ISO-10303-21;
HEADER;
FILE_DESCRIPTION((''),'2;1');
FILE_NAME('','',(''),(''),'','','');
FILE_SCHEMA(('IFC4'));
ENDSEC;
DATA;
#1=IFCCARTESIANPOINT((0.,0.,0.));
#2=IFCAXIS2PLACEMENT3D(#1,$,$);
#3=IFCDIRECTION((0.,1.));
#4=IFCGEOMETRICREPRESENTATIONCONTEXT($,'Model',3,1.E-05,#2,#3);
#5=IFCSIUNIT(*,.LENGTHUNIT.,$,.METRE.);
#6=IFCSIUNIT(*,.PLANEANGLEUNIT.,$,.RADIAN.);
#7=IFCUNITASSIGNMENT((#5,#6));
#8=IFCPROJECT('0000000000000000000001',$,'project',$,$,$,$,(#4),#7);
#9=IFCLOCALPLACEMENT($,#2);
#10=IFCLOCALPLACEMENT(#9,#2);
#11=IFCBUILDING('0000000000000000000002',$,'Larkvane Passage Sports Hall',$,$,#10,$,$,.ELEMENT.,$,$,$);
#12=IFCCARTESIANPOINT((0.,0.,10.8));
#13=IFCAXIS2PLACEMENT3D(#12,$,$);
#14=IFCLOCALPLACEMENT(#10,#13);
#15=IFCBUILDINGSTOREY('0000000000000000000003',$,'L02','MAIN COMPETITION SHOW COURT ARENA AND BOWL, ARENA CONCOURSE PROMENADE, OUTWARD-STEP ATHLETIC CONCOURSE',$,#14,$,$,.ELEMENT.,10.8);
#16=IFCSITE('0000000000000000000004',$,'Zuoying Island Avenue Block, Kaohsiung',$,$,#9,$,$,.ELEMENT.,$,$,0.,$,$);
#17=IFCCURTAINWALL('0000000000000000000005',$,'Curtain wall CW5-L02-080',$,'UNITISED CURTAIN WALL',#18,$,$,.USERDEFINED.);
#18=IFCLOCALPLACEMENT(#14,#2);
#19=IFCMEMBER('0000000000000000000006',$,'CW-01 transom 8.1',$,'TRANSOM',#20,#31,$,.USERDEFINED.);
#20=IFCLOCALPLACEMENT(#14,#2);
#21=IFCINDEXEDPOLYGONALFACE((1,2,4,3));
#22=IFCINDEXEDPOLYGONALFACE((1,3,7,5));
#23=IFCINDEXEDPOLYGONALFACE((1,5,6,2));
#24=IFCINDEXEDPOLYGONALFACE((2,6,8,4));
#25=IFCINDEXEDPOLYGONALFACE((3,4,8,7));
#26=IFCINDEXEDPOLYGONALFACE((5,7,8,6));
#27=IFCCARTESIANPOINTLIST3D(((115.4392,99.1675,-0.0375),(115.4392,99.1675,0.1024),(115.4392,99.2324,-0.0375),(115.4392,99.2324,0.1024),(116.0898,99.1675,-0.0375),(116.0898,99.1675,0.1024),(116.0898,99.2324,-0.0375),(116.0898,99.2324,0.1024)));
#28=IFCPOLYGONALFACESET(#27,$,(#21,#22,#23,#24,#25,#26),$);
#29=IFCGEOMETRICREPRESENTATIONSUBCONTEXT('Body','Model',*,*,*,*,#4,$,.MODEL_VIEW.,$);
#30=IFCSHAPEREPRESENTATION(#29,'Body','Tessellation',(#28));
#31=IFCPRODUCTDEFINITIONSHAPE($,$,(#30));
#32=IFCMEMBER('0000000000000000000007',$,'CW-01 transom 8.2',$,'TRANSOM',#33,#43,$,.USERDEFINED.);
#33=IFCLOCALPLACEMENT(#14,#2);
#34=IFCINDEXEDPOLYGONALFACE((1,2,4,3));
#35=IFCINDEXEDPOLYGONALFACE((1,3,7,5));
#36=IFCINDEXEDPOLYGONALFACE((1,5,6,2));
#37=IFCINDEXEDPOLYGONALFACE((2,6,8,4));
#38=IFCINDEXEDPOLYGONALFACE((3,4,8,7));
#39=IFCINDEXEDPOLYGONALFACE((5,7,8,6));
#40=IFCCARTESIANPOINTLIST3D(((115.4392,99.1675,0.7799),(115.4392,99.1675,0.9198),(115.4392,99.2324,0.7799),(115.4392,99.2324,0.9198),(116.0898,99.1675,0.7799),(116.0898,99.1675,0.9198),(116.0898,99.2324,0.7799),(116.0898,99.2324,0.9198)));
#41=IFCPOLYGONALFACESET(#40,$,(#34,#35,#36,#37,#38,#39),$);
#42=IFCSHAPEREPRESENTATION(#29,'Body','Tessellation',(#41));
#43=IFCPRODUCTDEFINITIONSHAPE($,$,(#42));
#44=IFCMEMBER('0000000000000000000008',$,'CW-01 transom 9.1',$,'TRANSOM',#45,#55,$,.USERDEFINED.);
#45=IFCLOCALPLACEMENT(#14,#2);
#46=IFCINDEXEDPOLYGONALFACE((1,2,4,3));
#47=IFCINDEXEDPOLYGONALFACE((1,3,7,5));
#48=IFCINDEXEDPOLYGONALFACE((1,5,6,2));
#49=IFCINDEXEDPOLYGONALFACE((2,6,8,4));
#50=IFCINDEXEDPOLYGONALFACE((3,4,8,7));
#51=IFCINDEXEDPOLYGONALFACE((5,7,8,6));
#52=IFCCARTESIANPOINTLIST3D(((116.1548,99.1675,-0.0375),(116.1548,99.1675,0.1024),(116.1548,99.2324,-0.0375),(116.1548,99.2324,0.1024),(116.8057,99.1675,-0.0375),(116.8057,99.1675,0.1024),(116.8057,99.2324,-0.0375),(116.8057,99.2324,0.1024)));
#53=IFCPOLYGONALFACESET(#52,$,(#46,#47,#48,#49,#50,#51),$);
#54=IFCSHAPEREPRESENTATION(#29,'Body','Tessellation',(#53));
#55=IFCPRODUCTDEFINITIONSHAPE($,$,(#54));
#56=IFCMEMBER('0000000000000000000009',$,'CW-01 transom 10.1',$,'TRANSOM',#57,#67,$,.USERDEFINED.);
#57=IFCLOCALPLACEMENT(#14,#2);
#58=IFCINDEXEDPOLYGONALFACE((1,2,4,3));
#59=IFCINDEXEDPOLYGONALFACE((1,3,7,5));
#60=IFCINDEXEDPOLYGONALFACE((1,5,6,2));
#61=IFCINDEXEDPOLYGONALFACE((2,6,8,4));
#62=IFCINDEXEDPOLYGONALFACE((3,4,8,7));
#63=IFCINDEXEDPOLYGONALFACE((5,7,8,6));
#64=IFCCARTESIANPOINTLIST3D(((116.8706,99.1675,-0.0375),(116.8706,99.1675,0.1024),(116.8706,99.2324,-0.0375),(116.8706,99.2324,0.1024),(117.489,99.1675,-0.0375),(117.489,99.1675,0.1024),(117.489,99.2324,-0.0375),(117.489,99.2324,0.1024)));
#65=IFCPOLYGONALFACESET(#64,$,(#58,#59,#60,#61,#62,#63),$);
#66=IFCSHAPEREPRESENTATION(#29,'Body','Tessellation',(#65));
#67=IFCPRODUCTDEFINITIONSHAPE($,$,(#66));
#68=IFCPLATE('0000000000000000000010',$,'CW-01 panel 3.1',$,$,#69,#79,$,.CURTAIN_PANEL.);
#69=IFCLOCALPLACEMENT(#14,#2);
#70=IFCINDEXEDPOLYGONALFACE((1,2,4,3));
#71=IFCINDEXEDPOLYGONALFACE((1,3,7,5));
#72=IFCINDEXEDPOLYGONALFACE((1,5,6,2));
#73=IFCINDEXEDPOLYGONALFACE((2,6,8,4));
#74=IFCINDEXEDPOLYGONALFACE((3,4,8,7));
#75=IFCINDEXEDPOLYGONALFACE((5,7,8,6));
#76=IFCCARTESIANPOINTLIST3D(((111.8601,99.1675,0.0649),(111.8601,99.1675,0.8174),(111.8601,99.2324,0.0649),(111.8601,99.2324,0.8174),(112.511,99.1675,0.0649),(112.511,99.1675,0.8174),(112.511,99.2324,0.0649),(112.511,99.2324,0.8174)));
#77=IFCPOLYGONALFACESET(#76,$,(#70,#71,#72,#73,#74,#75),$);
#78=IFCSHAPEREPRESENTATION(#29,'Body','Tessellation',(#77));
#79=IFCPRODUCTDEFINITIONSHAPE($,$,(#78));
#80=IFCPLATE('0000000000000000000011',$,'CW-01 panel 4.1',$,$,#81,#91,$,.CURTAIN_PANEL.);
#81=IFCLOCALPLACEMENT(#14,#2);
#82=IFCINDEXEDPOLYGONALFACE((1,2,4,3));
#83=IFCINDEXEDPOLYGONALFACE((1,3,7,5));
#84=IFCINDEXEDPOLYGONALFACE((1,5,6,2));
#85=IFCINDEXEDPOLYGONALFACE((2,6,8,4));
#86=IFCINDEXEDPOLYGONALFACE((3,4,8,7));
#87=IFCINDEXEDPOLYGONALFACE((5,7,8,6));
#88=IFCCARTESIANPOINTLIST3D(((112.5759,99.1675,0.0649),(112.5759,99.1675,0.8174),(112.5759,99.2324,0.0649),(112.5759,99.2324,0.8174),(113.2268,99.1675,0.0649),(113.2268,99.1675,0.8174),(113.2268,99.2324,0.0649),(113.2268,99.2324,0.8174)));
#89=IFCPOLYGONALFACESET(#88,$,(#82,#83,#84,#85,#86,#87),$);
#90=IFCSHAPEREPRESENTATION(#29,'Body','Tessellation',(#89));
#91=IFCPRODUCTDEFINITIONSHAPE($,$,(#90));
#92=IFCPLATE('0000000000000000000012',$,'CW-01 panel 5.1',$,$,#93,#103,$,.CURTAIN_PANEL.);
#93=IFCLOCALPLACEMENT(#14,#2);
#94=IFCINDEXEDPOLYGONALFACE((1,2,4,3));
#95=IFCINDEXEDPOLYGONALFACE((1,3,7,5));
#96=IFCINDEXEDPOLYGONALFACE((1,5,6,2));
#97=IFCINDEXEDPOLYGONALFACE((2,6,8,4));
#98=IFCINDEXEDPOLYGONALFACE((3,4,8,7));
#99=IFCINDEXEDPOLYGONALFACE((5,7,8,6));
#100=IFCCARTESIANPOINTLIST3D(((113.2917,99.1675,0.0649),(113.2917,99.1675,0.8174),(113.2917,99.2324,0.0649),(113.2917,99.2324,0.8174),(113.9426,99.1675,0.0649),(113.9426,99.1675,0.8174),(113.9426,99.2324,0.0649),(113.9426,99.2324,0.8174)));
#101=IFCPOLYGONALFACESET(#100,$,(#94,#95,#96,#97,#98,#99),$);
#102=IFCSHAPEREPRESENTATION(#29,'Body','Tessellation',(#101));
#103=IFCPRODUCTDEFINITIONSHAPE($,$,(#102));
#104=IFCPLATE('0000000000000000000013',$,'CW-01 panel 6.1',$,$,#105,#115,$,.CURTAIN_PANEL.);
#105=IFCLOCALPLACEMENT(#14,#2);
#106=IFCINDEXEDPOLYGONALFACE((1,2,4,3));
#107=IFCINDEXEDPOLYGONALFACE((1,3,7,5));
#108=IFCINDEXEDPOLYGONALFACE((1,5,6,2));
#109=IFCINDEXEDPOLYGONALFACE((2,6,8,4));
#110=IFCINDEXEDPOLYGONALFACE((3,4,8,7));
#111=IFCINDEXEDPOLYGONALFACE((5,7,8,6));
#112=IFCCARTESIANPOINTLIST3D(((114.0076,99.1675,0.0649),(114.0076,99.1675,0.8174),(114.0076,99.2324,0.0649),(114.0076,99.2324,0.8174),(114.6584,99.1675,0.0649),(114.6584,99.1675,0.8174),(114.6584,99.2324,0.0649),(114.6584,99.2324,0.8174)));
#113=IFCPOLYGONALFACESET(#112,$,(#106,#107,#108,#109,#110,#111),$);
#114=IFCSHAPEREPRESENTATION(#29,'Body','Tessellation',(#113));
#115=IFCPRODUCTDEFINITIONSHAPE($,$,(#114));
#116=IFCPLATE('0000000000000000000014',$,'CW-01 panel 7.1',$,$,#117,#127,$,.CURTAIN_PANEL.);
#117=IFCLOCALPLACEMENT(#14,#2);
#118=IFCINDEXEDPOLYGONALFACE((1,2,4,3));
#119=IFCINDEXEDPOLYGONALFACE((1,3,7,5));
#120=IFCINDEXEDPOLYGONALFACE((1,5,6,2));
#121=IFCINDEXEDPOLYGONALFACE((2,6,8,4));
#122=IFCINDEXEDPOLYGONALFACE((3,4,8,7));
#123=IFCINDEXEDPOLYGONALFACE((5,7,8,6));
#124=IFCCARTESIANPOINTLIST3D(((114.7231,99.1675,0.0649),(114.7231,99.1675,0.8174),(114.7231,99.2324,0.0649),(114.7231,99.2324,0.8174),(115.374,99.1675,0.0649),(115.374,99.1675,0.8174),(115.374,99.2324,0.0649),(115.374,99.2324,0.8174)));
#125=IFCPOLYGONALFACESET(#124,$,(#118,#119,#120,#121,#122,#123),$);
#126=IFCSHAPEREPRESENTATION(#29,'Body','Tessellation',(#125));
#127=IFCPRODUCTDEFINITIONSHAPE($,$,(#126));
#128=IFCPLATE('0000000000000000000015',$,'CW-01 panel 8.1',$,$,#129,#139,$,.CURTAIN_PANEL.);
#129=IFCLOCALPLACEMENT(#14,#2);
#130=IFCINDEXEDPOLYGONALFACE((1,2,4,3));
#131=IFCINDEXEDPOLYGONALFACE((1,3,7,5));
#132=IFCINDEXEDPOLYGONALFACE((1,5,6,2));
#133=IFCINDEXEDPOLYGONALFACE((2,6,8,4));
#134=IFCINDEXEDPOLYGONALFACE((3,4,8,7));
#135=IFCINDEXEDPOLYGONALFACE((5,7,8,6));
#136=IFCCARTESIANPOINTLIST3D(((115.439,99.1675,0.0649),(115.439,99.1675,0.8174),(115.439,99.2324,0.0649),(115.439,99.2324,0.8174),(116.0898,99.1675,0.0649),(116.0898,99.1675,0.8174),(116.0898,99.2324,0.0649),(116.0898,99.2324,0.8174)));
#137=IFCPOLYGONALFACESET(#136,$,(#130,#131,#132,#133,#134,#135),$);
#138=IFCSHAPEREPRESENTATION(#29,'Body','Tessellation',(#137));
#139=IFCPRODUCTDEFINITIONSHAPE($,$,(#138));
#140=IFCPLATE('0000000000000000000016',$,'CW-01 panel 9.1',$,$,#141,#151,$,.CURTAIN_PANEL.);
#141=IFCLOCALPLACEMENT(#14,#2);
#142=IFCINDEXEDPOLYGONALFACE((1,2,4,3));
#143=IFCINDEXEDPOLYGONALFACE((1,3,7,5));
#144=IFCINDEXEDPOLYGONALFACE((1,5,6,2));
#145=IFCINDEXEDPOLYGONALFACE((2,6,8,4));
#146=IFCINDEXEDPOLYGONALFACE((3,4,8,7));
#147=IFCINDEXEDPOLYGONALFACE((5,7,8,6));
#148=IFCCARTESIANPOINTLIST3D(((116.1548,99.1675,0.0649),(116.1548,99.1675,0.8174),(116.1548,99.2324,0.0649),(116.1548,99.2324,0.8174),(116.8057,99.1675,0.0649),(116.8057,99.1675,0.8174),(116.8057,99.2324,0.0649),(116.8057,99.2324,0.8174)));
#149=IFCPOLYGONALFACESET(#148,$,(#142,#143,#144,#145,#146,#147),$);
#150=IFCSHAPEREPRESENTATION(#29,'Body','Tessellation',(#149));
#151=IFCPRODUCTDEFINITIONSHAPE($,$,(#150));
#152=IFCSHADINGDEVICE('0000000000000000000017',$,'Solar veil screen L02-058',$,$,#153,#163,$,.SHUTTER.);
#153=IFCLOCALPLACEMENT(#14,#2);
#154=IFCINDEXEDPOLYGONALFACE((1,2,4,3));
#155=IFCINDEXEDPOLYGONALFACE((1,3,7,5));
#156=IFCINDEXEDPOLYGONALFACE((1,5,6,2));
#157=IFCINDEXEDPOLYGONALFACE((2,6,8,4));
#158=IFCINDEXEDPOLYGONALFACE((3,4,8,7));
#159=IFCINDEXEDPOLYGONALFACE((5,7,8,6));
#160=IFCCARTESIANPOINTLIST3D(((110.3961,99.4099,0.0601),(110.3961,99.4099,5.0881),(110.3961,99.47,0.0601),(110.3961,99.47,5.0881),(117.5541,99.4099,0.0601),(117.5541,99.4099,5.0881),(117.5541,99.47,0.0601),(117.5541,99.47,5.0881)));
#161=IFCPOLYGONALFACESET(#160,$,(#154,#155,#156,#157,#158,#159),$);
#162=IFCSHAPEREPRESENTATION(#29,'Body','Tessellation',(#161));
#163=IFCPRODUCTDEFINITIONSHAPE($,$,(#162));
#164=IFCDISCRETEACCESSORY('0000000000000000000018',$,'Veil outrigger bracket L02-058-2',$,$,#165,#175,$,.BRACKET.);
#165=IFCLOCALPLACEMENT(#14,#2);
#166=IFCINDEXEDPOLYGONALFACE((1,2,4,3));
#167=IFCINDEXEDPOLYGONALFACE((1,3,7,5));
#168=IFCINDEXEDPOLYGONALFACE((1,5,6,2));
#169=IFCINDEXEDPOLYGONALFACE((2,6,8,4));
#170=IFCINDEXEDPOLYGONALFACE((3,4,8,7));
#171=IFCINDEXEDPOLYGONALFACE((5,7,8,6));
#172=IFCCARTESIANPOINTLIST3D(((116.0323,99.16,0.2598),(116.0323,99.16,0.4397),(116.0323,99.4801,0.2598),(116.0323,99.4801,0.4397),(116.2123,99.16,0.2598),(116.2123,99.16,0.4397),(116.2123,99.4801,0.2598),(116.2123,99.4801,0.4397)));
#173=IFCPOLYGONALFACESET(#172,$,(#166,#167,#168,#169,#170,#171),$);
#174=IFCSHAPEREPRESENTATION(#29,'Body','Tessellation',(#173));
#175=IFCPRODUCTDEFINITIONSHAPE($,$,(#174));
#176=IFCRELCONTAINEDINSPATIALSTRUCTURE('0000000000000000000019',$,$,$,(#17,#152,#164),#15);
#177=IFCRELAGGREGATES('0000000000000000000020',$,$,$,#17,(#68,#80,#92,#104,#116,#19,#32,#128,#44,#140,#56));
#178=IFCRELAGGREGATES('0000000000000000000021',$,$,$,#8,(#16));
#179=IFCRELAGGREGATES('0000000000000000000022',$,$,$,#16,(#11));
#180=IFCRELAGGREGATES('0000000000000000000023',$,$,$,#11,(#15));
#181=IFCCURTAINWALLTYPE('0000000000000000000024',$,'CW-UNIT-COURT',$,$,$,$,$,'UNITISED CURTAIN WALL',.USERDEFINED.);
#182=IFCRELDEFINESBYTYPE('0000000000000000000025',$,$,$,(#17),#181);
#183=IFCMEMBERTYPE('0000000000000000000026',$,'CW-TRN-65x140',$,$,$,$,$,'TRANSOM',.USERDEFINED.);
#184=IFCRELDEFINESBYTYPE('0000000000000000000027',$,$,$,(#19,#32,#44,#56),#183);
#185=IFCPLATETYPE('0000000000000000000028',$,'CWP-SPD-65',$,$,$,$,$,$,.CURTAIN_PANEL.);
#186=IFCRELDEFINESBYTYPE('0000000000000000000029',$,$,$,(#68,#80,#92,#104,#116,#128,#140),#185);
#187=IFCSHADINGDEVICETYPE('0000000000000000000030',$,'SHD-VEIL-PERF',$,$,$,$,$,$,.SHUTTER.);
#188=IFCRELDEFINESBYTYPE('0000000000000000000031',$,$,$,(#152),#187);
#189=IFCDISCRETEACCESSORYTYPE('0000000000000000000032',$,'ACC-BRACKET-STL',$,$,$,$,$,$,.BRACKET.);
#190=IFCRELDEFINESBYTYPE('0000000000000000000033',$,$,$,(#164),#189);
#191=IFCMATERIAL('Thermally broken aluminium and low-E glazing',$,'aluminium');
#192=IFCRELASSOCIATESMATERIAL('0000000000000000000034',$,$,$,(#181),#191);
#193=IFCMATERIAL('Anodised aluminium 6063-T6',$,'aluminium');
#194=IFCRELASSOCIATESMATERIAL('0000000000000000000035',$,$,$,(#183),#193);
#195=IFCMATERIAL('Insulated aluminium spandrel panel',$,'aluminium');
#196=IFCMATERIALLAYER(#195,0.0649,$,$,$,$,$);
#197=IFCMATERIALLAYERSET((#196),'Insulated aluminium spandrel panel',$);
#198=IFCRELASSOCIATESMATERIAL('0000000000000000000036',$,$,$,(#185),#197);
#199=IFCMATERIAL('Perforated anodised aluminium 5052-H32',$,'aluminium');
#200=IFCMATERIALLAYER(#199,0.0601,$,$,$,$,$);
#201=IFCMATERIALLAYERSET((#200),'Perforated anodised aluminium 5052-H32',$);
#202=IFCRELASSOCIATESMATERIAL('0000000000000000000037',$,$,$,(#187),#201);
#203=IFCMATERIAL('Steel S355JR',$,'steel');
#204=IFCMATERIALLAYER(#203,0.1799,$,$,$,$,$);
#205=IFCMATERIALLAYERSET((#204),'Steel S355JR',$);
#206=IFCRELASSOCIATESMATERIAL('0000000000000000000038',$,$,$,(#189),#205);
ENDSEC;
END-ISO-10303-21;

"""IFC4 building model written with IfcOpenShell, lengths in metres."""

from ifc_helpers import new_model, si_unit, direction, frame, origin, origin_2d, place, context, subcontext, project, spatial, rectangle, extrude, material, layer, layer_set, material_profile, profile_set, type_object, element, aggregate, save


model = new_model("IFC4")

# Units and contexts
model_context = context("Model", 3, precision=1e-05, world=origin(), true_north=direction((0.0, 1.0)))
body_context = subcontext(model_context, "Body", "Model", "MODEL_VIEW")
ifc_project = project(units=[si_unit("LENGTHUNIT", "METRE"), si_unit("PLANEANGLEUNIT", "RADIAN")], contexts=[model_context])

# Site, building, storey
site_placement = place(None, origin())
site = spatial("IfcSite", under=ifc_project, at=site_placement, Name="Zuoying Island Avenue Block, Kaohsiung", CompositionType="ELEMENT", RefElevation=0.0)
building_placement = place(site_placement, origin())
building = spatial("IfcBuilding", under=site, at=building_placement, Name="Larkvane Passage Sports Hall", CompositionType="ELEMENT")
storey_placement = place(building_placement, frame((0.0, 0.0, 10.8)))
storey = spatial("IfcBuildingStorey", under=building, at=storey_placement, Name="L02", Description="MAIN COMPETITION SHOW COURT ARENA AND BOWL, ARENA CONCOURSE PROMENADE, OUTWARD-STEP ATHLETIC CONCOURSE", CompositionType="ELEMENT", Elevation=10.8)

# Curtain wall, members, plates
ifc_material_1 = material(Name="Thermally broken aluminium and low-E glazing", Category="aluminium")
curtain_wall_type = type_object("IfcCurtainWallType", Name="CW-UNIT-COURT", ElementType="UNITISED CURTAIN WALL", PredefinedType="USERDEFINED", material=ifc_material_1)
curtain_wall_placement = place(storey_placement, origin())
curtain_wall = element("IfcCurtainWall", 1, at=curtain_wall_placement, inside=storey, type_object=curtain_wall_type, Name="Curtain wall CW5-L02-080", ObjectType="UNITISED CURTAIN WALL", PredefinedType="USERDEFINED")
ifc_material_2 = material(Name="Anodised aluminium 6063-T6", Category="aluminium")
ifc_material_profile_1 = material_profile(ifc_material_2, rectangle(XDim=0.0649, YDim=0.1399, at=origin_2d()), Name="ALU-TRN-65x140")
ifc_profile_set_1 = profile_set([ifc_material_profile_1], Name="Anodised aluminium 6063-T6")
member_type_1 = type_object("IfcMemberType", Name="CW-TRN-65x140", ElementType="TRANSOM", PredefinedType="USERDEFINED", material=ifc_profile_set_1)
member_1_placement = place(storey_placement, frame((115.4392, 99.2, 0.0325), z_axis=(1.0, 0.0, 0.0), x_axis=(0.0, 1.0, 0.0)))
member_1 = element("IfcMember", 2, at=member_1_placement, type_object=member_type_1, Name="CW-01 transom 8.1", ObjectType="TRANSOM", PredefinedType="USERDEFINED", context=body_context, shape_type="SweptSolid", body=[
    extrude(rectangle(XDim=0.0649, YDim=0.1399, at=origin_2d()), origin(), (0.0, 0.0, 1.0), 0.6506),
])
member_2_placement = place(storey_placement, frame((115.4392, 99.2, 0.8499), z_axis=(1.0, 0.0, 0.0), x_axis=(0.0, 1.0, 0.0)))
member_2 = element("IfcMember", 3, at=member_2_placement, type_object=member_type_1, Name="CW-01 transom 8.2", ObjectType="TRANSOM", PredefinedType="USERDEFINED", context=body_context, shape_type="SweptSolid", body=[
    extrude(rectangle(XDim=0.0649, YDim=0.1399, at=origin_2d()), origin(), (0.0, 0.0, 1.0), 0.6506),
])
member_3_placement = place(storey_placement, frame((116.1548, 99.2, 0.0325), z_axis=(1.0, 0.0, 0.0), x_axis=(0.0, 1.0, 0.0)))
member_3 = element("IfcMember", 4, at=member_3_placement, type_object=member_type_1, Name="CW-01 transom 9.1", ObjectType="TRANSOM", PredefinedType="USERDEFINED", context=body_context, shape_type="SweptSolid", body=[
    extrude(rectangle(XDim=0.0649, YDim=0.1399, at=origin_2d()), origin(), (0.0, 0.0, 1.0), 0.6509),
])
member_4_placement = place(storey_placement, frame((116.8706, 99.2, 0.0325), z_axis=(1.0, 0.0, 0.0), x_axis=(0.0, 1.0, 0.0)))
member_4 = element("IfcMember", 5, at=member_4_placement, type_object=member_type_1, Name="CW-01 transom 10.1", ObjectType="TRANSOM", PredefinedType="USERDEFINED", context=body_context, shape_type="SweptSolid", body=[
    extrude(rectangle(XDim=0.0649, YDim=0.1399, at=origin_2d()), origin(), (0.0, 0.0, 1.0), 0.6184),
])
ifc_material_3 = material(Name="Insulated aluminium spandrel panel", Category="aluminium")
ifc_layer_1 = layer(ifc_material_3, 0.0649)
ifc_layer_set_1 = layer_set([ifc_layer_1], Name="Insulated aluminium spandrel panel")
plate_type = type_object("IfcPlateType", Name="CWP-SPD-65", PredefinedType="CURTAIN_PANEL", material=ifc_layer_set_1)
plate_1_placement = place(storey_placement, frame((112.1855, 99.2, 0.0649), z_axis=(0.0, 0.0, 1.0), x_axis=(1.0, 0.0, 0.0)))
plate_1 = element("IfcPlate", 6, at=plate_1_placement, type_object=plate_type, Name="CW-01 panel 3.1", PredefinedType="CURTAIN_PANEL", context=body_context, shape_type="SweptSolid", body=[
    extrude(rectangle(XDim=0.6509, YDim=0.0649, at=origin_2d()), origin(), (0.0, 0.0, 1.0), 0.7524),
])
plate_2_placement = place(storey_placement, frame((112.9014, 99.2, 0.0649), z_axis=(0.0, 0.0, 1.0), x_axis=(1.0, 0.0, 0.0)))
plate_2 = element("IfcPlate", 7, at=plate_2_placement, type_object=plate_type, Name="CW-01 panel 4.1", PredefinedType="CURTAIN_PANEL", context=body_context, shape_type="SweptSolid", body=[
    extrude(rectangle(XDim=0.6509, YDim=0.0649, at=origin_2d()), origin(), (0.0, 0.0, 1.0), 0.7524),
])
plate_3_placement = place(storey_placement, frame((113.6172, 99.2, 0.0649), z_axis=(0.0, 0.0, 1.0), x_axis=(1.0, 0.0, 0.0)))
plate_3 = element("IfcPlate", 8, at=plate_3_placement, type_object=plate_type, Name="CW-01 panel 5.1", PredefinedType="CURTAIN_PANEL", context=body_context, shape_type="SweptSolid", body=[
    extrude(rectangle(XDim=0.6509, YDim=0.0649, at=origin_2d()), origin(), (0.0, 0.0, 1.0), 0.7524),
])
plate_4_placement = place(storey_placement, frame((114.333, 99.2, 0.0649), z_axis=(0.0, 0.0, 1.0), x_axis=(1.0, 0.0, 0.0)))
plate_4 = element("IfcPlate", 9, at=plate_4_placement, type_object=plate_type, Name="CW-01 panel 6.1", PredefinedType="CURTAIN_PANEL", context=body_context, shape_type="SweptSolid", body=[
    extrude(rectangle(XDim=0.6509, YDim=0.0649, at=origin_2d()), origin(), (0.0, 0.0, 1.0), 0.7524),
])
plate_5_placement = place(storey_placement, frame((115.0486, 99.2, 0.0649), z_axis=(0.0, 0.0, 1.0), x_axis=(1.0, 0.0, 0.0)))
plate_5 = element("IfcPlate", 10, at=plate_5_placement, type_object=plate_type, Name="CW-01 panel 7.1", PredefinedType="CURTAIN_PANEL", context=body_context, shape_type="SweptSolid", body=[
    extrude(rectangle(XDim=0.6509, YDim=0.0649, at=origin_2d()), origin(), (0.0, 0.0, 1.0), 0.7524),
])
plate_6_placement = place(storey_placement, frame((115.7644, 99.2, 0.0649), z_axis=(0.0, 0.0, 1.0), x_axis=(1.0, 0.0, 0.0)))
plate_6 = element("IfcPlate", 11, at=plate_6_placement, type_object=plate_type, Name="CW-01 panel 8.1", PredefinedType="CURTAIN_PANEL", context=body_context, shape_type="SweptSolid", body=[
    extrude(rectangle(XDim=0.6509, YDim=0.0649, at=origin_2d()), origin(), (0.0, 0.0, 1.0), 0.7524),
])
plate_7_placement = place(storey_placement, frame((116.4802, 99.2, 0.0649), z_axis=(0.0, 0.0, 1.0), x_axis=(1.0, 0.0, 0.0)))
plate_7 = element("IfcPlate", 12, at=plate_7_placement, type_object=plate_type, Name="CW-01 panel 9.1", PredefinedType="CURTAIN_PANEL", context=body_context, shape_type="SweptSolid", body=[
    extrude(rectangle(XDim=0.6509, YDim=0.0649, at=origin_2d()), origin(), (0.0, 0.0, 1.0), 0.7524),
])
aggregate(curtain_wall, [plate_1, plate_2, plate_3, plate_4, plate_5, member_1, member_2, plate_6, member_3, plate_7, member_4])

# Shading device
ifc_material_4 = material(Name="Perforated anodised aluminium 5052-H32", Category="aluminium")
ifc_layer_2 = layer(ifc_material_4, 0.0601)
ifc_layer_set_2 = layer_set([ifc_layer_2], Name="Perforated anodised aluminium 5052-H32")
shading_device_type = type_object("IfcShadingDeviceType", Name="SHD-VEIL-PERF", PredefinedType="SHUTTER", material=ifc_layer_set_2)
shading_device_placement = place(storey_placement, frame((113.9751, 99.4399, 0.0601), z_axis=(0.0, 0.0, 1.0), x_axis=(1.0, 0.0, 0.0)))
element("IfcShadingDevice", 13, at=shading_device_placement, inside=storey, type_object=shading_device_type, Name="Solar veil screen L02-058", PredefinedType="SHUTTER", context=body_context, shape_type="SweptSolid", body=[
    extrude(rectangle(XDim=7.158, YDim=0.0601, at=origin_2d()), origin(), (0.0, 0.0, 1.0), 5.0281),
])

# Discrete accessory
ifc_material_5 = material(Name="Steel S355JR", Category="steel")
ifc_layer_3 = layer(ifc_material_5, 0.1799)
ifc_layer_set_3 = layer_set([ifc_layer_3], Name="Steel S355JR")
discrete_accessory_type = type_object("IfcDiscreteAccessoryType", Name="ACC-BRACKET-STL", PredefinedType="BRACKET", material=ifc_layer_set_3)
discrete_accessory_placement = place(storey_placement, frame((116.1223, 99.3201, 0.2598), z_axis=(0.0, 0.0, 1.0), x_axis=(1.0, 0.0, 0.0)))
element("IfcDiscreteAccessory", 14, at=discrete_accessory_placement, inside=storey, type_object=discrete_accessory_type, Name="Veil outrigger bracket L02-058-2", PredefinedType="BRACKET", context=body_context, shape_type="SweptSolid", body=[
    extrude(rectangle(XDim=0.1799, YDim=0.3201, at=origin_2d()), origin(), (0.0, 0.0, 1.0), 0.1799),
])

save(model, "model.ifc")
